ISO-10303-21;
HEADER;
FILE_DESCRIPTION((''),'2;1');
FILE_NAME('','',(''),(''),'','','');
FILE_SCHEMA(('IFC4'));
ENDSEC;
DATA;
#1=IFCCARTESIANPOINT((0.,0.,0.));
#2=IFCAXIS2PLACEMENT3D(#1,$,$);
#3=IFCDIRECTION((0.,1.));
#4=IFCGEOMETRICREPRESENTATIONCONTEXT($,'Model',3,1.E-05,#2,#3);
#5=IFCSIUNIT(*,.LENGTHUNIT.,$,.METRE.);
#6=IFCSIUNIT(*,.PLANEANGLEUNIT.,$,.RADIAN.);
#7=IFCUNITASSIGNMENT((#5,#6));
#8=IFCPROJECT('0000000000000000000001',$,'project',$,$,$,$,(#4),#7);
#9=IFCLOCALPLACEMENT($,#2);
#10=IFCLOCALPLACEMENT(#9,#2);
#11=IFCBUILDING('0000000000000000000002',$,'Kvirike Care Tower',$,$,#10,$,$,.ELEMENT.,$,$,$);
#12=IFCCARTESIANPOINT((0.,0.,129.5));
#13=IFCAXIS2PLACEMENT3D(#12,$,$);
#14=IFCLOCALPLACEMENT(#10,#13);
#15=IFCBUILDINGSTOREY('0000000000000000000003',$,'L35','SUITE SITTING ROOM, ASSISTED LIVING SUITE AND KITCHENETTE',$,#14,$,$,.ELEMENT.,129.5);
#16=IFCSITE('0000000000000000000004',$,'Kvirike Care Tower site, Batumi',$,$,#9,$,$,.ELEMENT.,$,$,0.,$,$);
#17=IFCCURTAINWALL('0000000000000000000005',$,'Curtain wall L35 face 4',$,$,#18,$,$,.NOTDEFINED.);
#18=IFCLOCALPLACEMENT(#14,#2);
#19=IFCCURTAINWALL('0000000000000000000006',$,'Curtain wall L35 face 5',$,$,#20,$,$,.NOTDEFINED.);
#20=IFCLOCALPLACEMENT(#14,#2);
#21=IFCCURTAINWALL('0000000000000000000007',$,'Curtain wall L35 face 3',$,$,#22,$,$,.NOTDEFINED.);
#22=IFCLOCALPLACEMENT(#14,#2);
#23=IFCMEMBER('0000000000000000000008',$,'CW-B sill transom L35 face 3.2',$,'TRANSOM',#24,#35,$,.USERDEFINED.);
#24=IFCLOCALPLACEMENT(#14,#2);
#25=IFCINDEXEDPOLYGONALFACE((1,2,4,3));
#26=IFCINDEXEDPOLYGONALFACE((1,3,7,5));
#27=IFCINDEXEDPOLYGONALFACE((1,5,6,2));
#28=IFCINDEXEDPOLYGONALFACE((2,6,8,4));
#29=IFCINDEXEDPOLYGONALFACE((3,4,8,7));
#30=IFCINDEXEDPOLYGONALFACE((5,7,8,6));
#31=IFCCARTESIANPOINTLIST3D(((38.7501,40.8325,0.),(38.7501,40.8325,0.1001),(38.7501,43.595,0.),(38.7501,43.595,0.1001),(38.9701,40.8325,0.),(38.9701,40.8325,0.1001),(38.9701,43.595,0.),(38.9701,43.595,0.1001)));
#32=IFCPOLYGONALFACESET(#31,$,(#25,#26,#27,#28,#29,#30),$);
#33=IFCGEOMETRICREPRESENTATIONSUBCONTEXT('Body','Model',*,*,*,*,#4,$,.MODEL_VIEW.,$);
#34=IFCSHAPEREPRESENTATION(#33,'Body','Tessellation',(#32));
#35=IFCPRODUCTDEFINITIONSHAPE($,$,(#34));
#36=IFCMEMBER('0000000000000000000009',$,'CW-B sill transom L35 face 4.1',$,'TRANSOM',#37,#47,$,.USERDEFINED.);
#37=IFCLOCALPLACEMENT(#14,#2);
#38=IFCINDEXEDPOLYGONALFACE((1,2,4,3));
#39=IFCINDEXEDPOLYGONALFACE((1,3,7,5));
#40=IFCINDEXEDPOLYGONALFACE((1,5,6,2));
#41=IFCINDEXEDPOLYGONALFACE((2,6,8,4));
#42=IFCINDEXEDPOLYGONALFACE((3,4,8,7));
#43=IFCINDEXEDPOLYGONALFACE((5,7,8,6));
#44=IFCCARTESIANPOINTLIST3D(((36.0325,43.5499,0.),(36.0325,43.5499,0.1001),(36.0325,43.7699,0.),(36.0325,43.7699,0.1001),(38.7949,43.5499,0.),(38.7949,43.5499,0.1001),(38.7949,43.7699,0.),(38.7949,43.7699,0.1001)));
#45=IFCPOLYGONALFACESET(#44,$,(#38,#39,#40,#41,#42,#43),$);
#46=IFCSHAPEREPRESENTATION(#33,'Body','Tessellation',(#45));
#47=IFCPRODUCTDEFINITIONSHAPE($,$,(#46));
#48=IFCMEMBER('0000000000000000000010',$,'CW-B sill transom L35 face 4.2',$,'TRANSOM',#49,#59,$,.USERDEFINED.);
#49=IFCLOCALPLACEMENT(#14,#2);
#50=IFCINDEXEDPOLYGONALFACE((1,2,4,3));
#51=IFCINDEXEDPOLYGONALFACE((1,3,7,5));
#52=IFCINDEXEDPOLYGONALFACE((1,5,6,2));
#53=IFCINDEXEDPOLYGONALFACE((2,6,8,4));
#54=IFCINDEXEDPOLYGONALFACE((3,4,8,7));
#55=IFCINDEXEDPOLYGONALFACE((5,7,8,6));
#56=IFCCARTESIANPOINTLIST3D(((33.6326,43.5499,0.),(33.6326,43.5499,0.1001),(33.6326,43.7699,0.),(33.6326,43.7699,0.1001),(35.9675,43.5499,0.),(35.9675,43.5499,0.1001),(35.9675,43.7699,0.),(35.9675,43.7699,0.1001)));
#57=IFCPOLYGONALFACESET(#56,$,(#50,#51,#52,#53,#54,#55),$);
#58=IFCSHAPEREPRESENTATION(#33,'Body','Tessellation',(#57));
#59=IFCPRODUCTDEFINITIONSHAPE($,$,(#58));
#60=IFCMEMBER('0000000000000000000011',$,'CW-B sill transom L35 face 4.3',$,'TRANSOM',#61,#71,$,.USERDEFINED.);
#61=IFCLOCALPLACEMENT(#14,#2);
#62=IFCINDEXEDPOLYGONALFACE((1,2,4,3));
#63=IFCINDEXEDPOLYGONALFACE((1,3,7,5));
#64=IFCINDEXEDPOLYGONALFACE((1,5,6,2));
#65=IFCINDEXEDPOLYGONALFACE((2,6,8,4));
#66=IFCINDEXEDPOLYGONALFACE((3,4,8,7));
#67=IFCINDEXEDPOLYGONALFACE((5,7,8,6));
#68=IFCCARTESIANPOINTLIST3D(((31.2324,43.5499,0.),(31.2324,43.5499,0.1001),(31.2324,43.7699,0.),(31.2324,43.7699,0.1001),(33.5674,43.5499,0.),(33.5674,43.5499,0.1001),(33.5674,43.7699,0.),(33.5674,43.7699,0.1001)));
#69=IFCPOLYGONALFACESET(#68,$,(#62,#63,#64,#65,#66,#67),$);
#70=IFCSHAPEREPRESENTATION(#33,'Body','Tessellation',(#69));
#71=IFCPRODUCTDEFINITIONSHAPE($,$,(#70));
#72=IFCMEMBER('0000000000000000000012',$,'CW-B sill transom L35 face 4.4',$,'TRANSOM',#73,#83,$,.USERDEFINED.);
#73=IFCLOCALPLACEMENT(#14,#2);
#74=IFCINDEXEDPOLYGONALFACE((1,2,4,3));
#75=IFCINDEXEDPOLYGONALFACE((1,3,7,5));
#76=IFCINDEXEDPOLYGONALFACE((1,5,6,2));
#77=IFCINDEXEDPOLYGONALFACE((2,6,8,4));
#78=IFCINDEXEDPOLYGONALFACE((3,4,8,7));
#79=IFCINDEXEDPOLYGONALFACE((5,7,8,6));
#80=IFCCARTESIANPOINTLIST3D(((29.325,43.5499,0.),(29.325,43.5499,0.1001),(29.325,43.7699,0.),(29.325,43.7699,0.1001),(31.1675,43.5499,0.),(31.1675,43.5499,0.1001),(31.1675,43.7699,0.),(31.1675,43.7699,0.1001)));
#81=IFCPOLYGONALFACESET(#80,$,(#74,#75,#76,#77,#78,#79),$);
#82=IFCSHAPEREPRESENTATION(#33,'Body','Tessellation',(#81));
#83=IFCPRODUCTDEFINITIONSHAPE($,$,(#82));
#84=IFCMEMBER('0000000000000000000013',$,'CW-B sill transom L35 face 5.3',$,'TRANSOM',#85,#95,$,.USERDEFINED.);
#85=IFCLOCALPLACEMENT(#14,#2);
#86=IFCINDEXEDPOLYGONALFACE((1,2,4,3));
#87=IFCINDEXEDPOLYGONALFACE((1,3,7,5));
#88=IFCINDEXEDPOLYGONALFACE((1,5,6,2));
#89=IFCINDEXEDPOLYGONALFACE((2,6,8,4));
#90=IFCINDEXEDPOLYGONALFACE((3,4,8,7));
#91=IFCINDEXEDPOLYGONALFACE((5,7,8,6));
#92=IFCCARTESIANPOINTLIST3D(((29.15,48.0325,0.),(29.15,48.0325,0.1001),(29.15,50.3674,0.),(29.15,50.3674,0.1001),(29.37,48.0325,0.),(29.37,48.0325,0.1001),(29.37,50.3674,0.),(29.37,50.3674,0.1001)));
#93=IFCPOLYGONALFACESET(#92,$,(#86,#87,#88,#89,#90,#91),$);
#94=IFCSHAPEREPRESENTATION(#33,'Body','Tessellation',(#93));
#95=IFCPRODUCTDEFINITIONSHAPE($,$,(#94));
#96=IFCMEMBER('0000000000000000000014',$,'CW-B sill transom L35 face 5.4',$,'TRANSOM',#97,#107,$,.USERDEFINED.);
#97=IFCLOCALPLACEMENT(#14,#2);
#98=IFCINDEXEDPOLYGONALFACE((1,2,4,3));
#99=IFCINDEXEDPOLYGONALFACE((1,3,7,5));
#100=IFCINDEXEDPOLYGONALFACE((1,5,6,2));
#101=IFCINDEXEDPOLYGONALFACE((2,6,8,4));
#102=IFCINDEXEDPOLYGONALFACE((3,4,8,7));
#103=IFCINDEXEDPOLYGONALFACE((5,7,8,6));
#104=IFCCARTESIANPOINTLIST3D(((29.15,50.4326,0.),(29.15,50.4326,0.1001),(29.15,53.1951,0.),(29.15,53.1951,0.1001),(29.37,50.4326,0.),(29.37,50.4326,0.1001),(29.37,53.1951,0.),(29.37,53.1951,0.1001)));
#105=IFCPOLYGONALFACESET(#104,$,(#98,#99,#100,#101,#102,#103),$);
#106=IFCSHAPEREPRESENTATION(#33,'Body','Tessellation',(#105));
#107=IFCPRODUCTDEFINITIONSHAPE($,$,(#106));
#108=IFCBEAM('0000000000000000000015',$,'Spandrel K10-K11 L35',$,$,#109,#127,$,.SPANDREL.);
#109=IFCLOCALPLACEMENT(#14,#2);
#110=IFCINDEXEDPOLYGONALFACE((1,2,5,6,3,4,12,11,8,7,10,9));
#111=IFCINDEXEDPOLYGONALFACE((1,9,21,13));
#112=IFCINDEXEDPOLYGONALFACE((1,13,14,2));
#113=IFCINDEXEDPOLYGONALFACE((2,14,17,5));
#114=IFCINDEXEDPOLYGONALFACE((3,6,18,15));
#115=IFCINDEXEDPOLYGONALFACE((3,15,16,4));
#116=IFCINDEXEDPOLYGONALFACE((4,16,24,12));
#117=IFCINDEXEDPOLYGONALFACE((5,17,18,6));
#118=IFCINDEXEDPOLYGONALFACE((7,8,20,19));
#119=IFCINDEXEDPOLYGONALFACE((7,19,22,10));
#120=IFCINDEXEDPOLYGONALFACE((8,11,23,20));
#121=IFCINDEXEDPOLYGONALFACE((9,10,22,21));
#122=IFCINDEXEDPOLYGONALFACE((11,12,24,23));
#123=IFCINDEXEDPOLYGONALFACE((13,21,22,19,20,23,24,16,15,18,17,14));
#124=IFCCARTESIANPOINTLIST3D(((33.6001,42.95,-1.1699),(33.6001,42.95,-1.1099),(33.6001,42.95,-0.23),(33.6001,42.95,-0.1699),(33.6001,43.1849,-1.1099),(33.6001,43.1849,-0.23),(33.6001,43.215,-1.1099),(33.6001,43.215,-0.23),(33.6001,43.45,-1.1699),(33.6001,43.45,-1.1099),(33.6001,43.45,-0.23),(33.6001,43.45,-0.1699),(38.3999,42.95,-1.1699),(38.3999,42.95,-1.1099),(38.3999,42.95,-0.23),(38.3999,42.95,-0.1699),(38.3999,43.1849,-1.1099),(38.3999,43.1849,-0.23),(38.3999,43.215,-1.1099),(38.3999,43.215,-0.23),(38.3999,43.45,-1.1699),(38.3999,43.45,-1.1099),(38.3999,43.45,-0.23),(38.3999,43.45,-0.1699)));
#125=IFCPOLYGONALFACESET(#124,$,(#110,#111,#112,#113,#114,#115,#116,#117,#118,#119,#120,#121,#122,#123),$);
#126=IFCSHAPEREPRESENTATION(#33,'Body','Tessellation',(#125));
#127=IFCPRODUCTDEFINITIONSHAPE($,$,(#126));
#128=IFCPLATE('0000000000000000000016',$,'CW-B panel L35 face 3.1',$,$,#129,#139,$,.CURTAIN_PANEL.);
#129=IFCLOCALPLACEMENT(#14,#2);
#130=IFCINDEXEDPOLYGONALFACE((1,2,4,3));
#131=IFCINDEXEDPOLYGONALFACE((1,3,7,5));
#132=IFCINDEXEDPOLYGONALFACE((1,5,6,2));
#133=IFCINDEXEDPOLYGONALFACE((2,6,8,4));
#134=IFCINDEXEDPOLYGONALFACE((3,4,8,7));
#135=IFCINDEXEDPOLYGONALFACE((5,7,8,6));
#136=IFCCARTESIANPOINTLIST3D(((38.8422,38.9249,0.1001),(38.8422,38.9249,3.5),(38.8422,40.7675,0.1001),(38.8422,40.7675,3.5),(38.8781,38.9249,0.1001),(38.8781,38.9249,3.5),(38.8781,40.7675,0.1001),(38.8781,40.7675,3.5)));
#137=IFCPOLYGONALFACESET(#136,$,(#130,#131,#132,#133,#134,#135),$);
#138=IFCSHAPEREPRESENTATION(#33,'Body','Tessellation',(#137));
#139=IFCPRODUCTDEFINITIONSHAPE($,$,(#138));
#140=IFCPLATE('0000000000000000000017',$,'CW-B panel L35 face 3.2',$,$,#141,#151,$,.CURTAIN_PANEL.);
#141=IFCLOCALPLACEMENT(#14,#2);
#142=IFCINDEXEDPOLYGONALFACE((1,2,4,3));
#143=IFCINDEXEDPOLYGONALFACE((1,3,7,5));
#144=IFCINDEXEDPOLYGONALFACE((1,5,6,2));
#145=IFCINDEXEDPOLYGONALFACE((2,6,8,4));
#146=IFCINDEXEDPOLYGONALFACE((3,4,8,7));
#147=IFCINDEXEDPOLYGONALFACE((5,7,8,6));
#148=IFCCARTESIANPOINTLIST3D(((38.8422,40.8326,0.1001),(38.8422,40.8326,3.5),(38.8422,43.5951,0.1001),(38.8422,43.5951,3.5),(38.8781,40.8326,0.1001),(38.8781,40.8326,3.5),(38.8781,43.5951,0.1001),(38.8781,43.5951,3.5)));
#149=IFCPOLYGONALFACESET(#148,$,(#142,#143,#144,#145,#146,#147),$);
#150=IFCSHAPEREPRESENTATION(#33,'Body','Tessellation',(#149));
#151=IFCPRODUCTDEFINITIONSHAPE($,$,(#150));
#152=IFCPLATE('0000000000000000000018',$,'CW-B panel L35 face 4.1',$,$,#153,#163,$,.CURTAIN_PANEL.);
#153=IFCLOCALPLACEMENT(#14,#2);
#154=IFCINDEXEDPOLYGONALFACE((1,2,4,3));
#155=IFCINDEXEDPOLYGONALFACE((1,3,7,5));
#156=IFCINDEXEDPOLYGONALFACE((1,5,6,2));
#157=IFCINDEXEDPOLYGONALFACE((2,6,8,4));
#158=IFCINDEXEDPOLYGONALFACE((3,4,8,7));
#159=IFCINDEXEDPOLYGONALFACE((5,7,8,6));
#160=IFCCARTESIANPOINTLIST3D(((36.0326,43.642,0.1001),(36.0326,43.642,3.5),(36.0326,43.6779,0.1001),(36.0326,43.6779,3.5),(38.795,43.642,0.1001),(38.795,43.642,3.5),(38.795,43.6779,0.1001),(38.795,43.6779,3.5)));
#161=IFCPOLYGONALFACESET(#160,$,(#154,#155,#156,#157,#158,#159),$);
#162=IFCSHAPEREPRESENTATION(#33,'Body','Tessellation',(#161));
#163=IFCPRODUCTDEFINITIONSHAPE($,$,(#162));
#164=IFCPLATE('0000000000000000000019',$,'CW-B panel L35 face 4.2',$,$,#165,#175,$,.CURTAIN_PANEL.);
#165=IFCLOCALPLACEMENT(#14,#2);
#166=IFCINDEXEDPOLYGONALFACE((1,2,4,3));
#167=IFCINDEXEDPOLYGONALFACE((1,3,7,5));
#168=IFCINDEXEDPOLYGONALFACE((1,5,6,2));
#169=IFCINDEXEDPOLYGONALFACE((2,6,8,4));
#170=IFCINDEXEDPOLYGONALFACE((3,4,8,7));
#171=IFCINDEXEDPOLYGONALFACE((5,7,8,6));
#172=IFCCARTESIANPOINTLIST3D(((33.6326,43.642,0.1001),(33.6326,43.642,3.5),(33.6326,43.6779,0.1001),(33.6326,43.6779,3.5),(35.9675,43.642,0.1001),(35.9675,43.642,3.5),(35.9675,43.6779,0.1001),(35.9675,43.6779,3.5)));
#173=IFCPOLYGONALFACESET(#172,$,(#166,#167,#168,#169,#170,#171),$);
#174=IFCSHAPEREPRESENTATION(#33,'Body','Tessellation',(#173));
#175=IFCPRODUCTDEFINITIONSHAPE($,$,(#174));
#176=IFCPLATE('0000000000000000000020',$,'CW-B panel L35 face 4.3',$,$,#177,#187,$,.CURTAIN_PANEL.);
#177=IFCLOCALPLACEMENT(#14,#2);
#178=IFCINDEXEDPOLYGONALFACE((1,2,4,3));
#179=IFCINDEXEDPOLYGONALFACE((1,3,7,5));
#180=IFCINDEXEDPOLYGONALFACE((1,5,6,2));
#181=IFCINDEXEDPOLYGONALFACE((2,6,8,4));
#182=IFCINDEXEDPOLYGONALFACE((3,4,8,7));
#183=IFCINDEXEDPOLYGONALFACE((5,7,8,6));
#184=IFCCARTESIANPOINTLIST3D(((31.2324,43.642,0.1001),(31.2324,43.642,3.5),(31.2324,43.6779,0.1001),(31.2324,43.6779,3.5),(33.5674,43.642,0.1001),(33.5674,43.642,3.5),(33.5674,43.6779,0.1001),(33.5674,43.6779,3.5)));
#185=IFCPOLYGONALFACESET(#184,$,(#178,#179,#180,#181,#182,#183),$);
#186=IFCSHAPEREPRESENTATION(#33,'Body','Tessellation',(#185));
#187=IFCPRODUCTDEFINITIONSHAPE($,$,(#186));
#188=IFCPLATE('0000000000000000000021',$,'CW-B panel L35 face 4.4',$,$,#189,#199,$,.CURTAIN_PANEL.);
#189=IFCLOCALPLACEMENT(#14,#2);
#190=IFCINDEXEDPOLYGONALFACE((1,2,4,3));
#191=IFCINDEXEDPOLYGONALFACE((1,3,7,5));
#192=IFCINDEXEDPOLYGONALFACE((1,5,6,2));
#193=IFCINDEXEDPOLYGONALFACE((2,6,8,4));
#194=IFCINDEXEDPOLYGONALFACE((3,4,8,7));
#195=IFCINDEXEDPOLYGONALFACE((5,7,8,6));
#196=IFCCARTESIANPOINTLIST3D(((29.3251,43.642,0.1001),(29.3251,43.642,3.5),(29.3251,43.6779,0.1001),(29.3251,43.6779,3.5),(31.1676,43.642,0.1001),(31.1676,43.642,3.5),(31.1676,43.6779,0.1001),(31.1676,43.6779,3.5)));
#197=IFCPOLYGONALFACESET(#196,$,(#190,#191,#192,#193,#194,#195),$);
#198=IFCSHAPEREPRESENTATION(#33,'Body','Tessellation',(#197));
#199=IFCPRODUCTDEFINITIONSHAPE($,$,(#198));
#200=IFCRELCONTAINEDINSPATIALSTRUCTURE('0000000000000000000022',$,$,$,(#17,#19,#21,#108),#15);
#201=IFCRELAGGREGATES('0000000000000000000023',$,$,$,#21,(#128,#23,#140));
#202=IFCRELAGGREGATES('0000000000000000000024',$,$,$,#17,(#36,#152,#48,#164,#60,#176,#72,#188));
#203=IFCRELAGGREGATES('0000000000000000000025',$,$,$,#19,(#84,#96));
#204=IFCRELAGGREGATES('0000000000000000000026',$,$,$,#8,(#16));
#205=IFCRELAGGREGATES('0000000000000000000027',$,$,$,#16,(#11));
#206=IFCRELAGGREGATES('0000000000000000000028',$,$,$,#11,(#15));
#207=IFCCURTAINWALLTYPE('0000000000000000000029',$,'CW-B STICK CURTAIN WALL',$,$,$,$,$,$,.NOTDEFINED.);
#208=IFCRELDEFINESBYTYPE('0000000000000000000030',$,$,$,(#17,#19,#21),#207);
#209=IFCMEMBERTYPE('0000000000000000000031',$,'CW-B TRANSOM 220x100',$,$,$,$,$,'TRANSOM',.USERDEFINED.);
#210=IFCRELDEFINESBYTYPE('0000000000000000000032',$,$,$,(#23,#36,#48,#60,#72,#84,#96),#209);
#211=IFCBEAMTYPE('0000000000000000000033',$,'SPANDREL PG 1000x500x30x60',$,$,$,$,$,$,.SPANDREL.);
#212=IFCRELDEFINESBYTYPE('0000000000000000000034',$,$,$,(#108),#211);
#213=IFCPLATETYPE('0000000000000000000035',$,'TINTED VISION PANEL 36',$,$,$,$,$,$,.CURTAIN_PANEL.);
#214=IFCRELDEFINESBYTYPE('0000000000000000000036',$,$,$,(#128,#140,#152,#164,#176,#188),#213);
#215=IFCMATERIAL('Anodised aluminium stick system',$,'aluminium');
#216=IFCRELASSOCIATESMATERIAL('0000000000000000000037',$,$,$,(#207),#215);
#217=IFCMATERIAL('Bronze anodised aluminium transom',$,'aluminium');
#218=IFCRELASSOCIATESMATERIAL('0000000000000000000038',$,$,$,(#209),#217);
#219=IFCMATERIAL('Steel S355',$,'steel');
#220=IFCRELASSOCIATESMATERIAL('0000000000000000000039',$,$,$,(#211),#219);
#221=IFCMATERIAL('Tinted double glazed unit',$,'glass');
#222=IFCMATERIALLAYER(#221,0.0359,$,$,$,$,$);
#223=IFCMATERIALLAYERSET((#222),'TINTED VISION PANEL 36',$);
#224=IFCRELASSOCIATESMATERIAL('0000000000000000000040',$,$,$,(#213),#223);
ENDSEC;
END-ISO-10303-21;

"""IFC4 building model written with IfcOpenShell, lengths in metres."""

from ifc_helpers import new_model, si_unit, direction, frame, origin, origin_2d, place, context, subcontext, project, spatial, rectangle, i_section, extrude, material, layer, layer_set, material_profile, profile_set, type_object, element, aggregate, save


model = new_model("IFC4")

# Units and contexts
model_context = context("Model", 3, precision=1e-05, world=origin(), true_north=direction((0.0, 1.0)))
body_context = subcontext(model_context, "Body", "Model", "MODEL_VIEW")
ifc_project = project(units=[si_unit("LENGTHUNIT", "METRE"), si_unit("PLANEANGLEUNIT", "RADIAN")], contexts=[model_context])

# Site, building, storey
site_placement = place(None, origin())
site = spatial("IfcSite", under=ifc_project, at=site_placement, Name="Kvirike Care Tower site, Batumi", CompositionType="ELEMENT", RefElevation=0.0)
building_placement = place(site_placement, origin())
building = spatial("IfcBuilding", under=site, at=building_placement, Name="Kvirike Care Tower", CompositionType="ELEMENT")
storey_placement = place(building_placement, frame((0.0, 0.0, 129.5)))
storey = spatial("IfcBuildingStorey", under=building, at=storey_placement, Name="L35", Description="SUITE SITTING ROOM, ASSISTED LIVING SUITE AND KITCHENETTE", CompositionType="ELEMENT", Elevation=129.5)

# Curtain walls
ifc_material_1 = material(Name="Anodised aluminium stick system", Category="aluminium")
curtain_wall_type = type_object("IfcCurtainWallType", Name="CW-B STICK CURTAIN WALL", PredefinedType="NOTDEFINED", material=ifc_material_1)
curtain_wall_1_placement = place(storey_placement, origin())
curtain_wall_1 = element("IfcCurtainWall", 1, at=curtain_wall_1_placement, inside=storey, type_object=curtain_wall_type, Name="Curtain wall L35 face 4", PredefinedType="NOTDEFINED")
curtain_wall_2_placement = place(storey_placement, origin())
curtain_wall_2 = element("IfcCurtainWall", 2, at=curtain_wall_2_placement, inside=storey, type_object=curtain_wall_type, Name="Curtain wall L35 face 5", PredefinedType="NOTDEFINED")

# Curtain wall
curtain_wall_3_placement = place(storey_placement, origin())
curtain_wall_3 = element("IfcCurtainWall", 3, at=curtain_wall_3_placement, inside=storey, type_object=curtain_wall_type, Name="Curtain wall L35 face 3", PredefinedType="NOTDEFINED")

# Members
ifc_material_2 = material(Name="Bronze anodised aluminium transom", Category="aluminium")
ifc_material_profile_1 = material_profile(ifc_material_2, rectangle(XDim=0.22, YDim=0.1001, at=origin_2d()), Name="CW-B TRANSOM 220x100")
ifc_profile_set_1 = profile_set([ifc_material_profile_1], Name="Bronze anodised aluminium transom")
member_type_1 = type_object("IfcMemberType", Name="CW-B TRANSOM 220x100", ElementType="TRANSOM", PredefinedType="USERDEFINED", material=ifc_profile_set_1)
member_1_placement = place(storey_placement, frame((38.8601, 40.8325, 0.05), z_axis=(0.0, 1.0, 0.0), x_axis=(-1.0, 0.0, 0.0)))
member_1 = element("IfcMember", 4, at=member_1_placement, type_object=member_type_1, Name="CW-B sill transom L35 face 3.2", ObjectType="TRANSOM", PredefinedType="USERDEFINED", context=body_context, shape_type="SweptSolid", body=[
    extrude(rectangle(XDim=0.22, YDim=0.1001, at=origin_2d()), origin(), (0.0, 0.0, 1.0), 2.7625),
])
member_2_placement = place(storey_placement, frame((38.7949, 43.6599, 0.05), z_axis=(-1.0, 0.0, 0.0), x_axis=(0.0, -1.0, 0.0)))
member_2 = element("IfcMember", 5, at=member_2_placement, type_object=member_type_1, Name="CW-B sill transom L35 face 4.1", ObjectType="TRANSOM", PredefinedType="USERDEFINED", context=body_context, shape_type="SweptSolid", body=[
    extrude(rectangle(XDim=0.22, YDim=0.1001, at=origin_2d()), origin(), (0.0, 0.0, 1.0), 2.7625),
])
member_3_placement = place(storey_placement, frame((35.9675, 43.6599, 0.05), z_axis=(-1.0, 0.0, 0.0), x_axis=(0.0, -1.0, 0.0)))
member_3 = element("IfcMember", 6, at=member_3_placement, type_object=member_type_1, Name="CW-B sill transom L35 face 4.2", ObjectType="TRANSOM", PredefinedType="USERDEFINED", context=body_context, shape_type="SweptSolid", body=[
    extrude(rectangle(XDim=0.22, YDim=0.1001, at=origin_2d()), origin(), (0.0, 0.0, 1.0), 2.335),
])
member_4_placement = place(storey_placement, frame((33.5674, 43.6599, 0.05), z_axis=(-1.0, 0.0, 0.0), x_axis=(0.0, -1.0, 0.0)))
member_4 = element("IfcMember", 7, at=member_4_placement, type_object=member_type_1, Name="CW-B sill transom L35 face 4.3", ObjectType="TRANSOM", PredefinedType="USERDEFINED", context=body_context, shape_type="SweptSolid", body=[
    extrude(rectangle(XDim=0.22, YDim=0.1001, at=origin_2d()), origin(), (0.0, 0.0, 1.0), 2.335),
])
member_5_placement = place(storey_placement, frame((31.1675, 43.6599, 0.05), z_axis=(-1.0, 0.0, 0.0), x_axis=(0.0, -1.0, 0.0)))
member_5 = element("IfcMember", 8, at=member_5_placement, type_object=member_type_1, Name="CW-B sill transom L35 face 4.4", ObjectType="TRANSOM", PredefinedType="USERDEFINED", context=body_context, shape_type="SweptSolid", body=[
    extrude(rectangle(XDim=0.22, YDim=0.1001, at=origin_2d()), origin(), (0.0, 0.0, 1.0), 1.8425),
])
member_6_placement = place(storey_placement, frame((29.26, 48.0325, 0.05), z_axis=(0.0, 1.0, 0.0), x_axis=(-1.0, 0.0, 0.0)))
member_6 = element("IfcMember", 9, at=member_6_placement, type_object=member_type_1, Name="CW-B sill transom L35 face 5.3", ObjectType="TRANSOM", PredefinedType="USERDEFINED", context=body_context, shape_type="SweptSolid", body=[
    extrude(rectangle(XDim=0.22, YDim=0.1001, at=origin_2d()), origin(), (0.0, 0.0, 1.0), 2.335),
])
member_7_placement = place(storey_placement, frame((29.26, 50.4326, 0.05), z_axis=(0.0, 1.0, 0.0), x_axis=(-1.0, 0.0, 0.0)))
member_7 = element("IfcMember", 10, at=member_7_placement, type_object=member_type_1, Name="CW-B sill transom L35 face 5.4", ObjectType="TRANSOM", PredefinedType="USERDEFINED", context=body_context, shape_type="SweptSolid", body=[
    extrude(rectangle(XDim=0.22, YDim=0.1001, at=origin_2d()), origin(), (0.0, 0.0, 1.0), 2.7625),
])

# Beam
ifc_material_3 = material(Name="Steel S355", Category="steel")
ifc_material_profile_2 = material_profile(ifc_material_3, i_section(OverallWidth=0.5, OverallDepth=1.0, WebThickness=0.03, FlangeThickness=0.0601, at=origin_2d()), Name="PG 1000x500x30x60")
ifc_profile_set_2 = profile_set([ifc_material_profile_2], Name="Steel S355")
beam_type = type_object("IfcBeamType", Name="SPANDREL PG 1000x500x30x60", PredefinedType="SPANDREL", material=ifc_profile_set_2)
beam_placement = place(storey_placement, frame((33.6001, 43.2, -0.6699), z_axis=(1.0, 0.0, 0.0), x_axis=(0.0, 1.0, 0.0)))
element("IfcBeam", 11, at=beam_placement, inside=storey, type_object=beam_type, Name="Spandrel K10-K11 L35", PredefinedType="SPANDREL", context=body_context, shape_type="SweptSolid", body=[
    extrude(i_section(OverallWidth=0.5, OverallDepth=1.0, WebThickness=0.03, FlangeThickness=0.0601, at=origin_2d()), origin(), (0.0, 0.0, 1.0), 4.7998),
])

# Plates
ifc_material_4 = material(Name="Tinted double glazed unit", Category="glass")
ifc_layer_1 = layer(ifc_material_4, 0.0359)
ifc_layer_set_1 = layer_set([ifc_layer_1], Name="TINTED VISION PANEL 36")
plate_type = type_object("IfcPlateType", Name="TINTED VISION PANEL 36", PredefinedType="CURTAIN_PANEL", material=ifc_layer_set_1)
plate_1_placement = place(storey_placement, frame((38.8601, 39.8462, 0.1001), z_axis=(0.0, 0.0, 1.0), x_axis=(0.0, 1.0, 0.0)))
plate_1 = element("IfcPlate", 12, at=plate_1_placement, type_object=plate_type, Name="CW-B panel L35 face 3.1", PredefinedType="CURTAIN_PANEL", context=body_context, shape_type="SweptSolid", body=[
    extrude(rectangle(XDim=1.8425, YDim=0.0359, at=origin_2d()), origin(), (0.0, 0.0, 1.0), 3.3999),
])
plate_2_placement = place(storey_placement, frame((38.8601, 42.2139, 0.1001), z_axis=(0.0, 0.0, 1.0), x_axis=(0.0, 1.0, 0.0)))
plate_2 = element("IfcPlate", 13, at=plate_2_placement, type_object=plate_type, Name="CW-B panel L35 face 3.2", PredefinedType="CURTAIN_PANEL", context=body_context, shape_type="SweptSolid", body=[
    extrude(rectangle(XDim=2.7625, YDim=0.0359, at=origin_2d()), origin(), (0.0, 0.0, 1.0), 3.3999),
])
aggregate(curtain_wall_3, [plate_1, member_1, plate_2])
plate_3_placement = place(storey_placement, frame((37.4138, 43.6599, 0.1001), z_axis=(0.0, 0.0, 1.0), x_axis=(-1.0, 0.0, 0.0)))
plate_3 = element("IfcPlate", 14, at=plate_3_placement, type_object=plate_type, Name="CW-B panel L35 face 4.1", PredefinedType="CURTAIN_PANEL", context=body_context, shape_type="SweptSolid", body=[
    extrude(rectangle(XDim=2.7625, YDim=0.0359, at=origin_2d()), origin(), (0.0, 0.0, 1.0), 3.3999),
])
plate_4_placement = place(storey_placement, frame((34.8, 43.6599, 0.1001), z_axis=(0.0, 0.0, 1.0), x_axis=(-1.0, 0.0, 0.0)))
plate_4 = element("IfcPlate", 15, at=plate_4_placement, type_object=plate_type, Name="CW-B panel L35 face 4.2", PredefinedType="CURTAIN_PANEL", context=body_context, shape_type="SweptSolid", body=[
    extrude(rectangle(XDim=2.335, YDim=0.0359, at=origin_2d()), origin(), (0.0, 0.0, 1.0), 3.3999),
])
plate_5_placement = place(storey_placement, frame((32.3999, 43.6599, 0.1001), z_axis=(0.0, 0.0, 1.0), x_axis=(-1.0, 0.0, 0.0)))
plate_5 = element("IfcPlate", 16, at=plate_5_placement, type_object=plate_type, Name="CW-B panel L35 face 4.3", PredefinedType="CURTAIN_PANEL", context=body_context, shape_type="SweptSolid", body=[
    extrude(rectangle(XDim=2.335, YDim=0.0359, at=origin_2d()), origin(), (0.0, 0.0, 1.0), 3.3999),
])
plate_6_placement = place(storey_placement, frame((30.2463, 43.6599, 0.1001), z_axis=(0.0, 0.0, 1.0), x_axis=(-1.0, 0.0, 0.0)))
plate_6 = element("IfcPlate", 17, at=plate_6_placement, type_object=plate_type, Name="CW-B panel L35 face 4.4", PredefinedType="CURTAIN_PANEL", context=body_context, shape_type="SweptSolid", body=[
    extrude(rectangle(XDim=1.8425, YDim=0.0359, at=origin_2d()), origin(), (0.0, 0.0, 1.0), 3.3999),
])
aggregate(curtain_wall_1, [member_2, plate_3, member_3, plate_4, member_4, plate_5, member_5, plate_6])
aggregate(curtain_wall_2, [member_6, member_7])

save(model, "model.ifc")
